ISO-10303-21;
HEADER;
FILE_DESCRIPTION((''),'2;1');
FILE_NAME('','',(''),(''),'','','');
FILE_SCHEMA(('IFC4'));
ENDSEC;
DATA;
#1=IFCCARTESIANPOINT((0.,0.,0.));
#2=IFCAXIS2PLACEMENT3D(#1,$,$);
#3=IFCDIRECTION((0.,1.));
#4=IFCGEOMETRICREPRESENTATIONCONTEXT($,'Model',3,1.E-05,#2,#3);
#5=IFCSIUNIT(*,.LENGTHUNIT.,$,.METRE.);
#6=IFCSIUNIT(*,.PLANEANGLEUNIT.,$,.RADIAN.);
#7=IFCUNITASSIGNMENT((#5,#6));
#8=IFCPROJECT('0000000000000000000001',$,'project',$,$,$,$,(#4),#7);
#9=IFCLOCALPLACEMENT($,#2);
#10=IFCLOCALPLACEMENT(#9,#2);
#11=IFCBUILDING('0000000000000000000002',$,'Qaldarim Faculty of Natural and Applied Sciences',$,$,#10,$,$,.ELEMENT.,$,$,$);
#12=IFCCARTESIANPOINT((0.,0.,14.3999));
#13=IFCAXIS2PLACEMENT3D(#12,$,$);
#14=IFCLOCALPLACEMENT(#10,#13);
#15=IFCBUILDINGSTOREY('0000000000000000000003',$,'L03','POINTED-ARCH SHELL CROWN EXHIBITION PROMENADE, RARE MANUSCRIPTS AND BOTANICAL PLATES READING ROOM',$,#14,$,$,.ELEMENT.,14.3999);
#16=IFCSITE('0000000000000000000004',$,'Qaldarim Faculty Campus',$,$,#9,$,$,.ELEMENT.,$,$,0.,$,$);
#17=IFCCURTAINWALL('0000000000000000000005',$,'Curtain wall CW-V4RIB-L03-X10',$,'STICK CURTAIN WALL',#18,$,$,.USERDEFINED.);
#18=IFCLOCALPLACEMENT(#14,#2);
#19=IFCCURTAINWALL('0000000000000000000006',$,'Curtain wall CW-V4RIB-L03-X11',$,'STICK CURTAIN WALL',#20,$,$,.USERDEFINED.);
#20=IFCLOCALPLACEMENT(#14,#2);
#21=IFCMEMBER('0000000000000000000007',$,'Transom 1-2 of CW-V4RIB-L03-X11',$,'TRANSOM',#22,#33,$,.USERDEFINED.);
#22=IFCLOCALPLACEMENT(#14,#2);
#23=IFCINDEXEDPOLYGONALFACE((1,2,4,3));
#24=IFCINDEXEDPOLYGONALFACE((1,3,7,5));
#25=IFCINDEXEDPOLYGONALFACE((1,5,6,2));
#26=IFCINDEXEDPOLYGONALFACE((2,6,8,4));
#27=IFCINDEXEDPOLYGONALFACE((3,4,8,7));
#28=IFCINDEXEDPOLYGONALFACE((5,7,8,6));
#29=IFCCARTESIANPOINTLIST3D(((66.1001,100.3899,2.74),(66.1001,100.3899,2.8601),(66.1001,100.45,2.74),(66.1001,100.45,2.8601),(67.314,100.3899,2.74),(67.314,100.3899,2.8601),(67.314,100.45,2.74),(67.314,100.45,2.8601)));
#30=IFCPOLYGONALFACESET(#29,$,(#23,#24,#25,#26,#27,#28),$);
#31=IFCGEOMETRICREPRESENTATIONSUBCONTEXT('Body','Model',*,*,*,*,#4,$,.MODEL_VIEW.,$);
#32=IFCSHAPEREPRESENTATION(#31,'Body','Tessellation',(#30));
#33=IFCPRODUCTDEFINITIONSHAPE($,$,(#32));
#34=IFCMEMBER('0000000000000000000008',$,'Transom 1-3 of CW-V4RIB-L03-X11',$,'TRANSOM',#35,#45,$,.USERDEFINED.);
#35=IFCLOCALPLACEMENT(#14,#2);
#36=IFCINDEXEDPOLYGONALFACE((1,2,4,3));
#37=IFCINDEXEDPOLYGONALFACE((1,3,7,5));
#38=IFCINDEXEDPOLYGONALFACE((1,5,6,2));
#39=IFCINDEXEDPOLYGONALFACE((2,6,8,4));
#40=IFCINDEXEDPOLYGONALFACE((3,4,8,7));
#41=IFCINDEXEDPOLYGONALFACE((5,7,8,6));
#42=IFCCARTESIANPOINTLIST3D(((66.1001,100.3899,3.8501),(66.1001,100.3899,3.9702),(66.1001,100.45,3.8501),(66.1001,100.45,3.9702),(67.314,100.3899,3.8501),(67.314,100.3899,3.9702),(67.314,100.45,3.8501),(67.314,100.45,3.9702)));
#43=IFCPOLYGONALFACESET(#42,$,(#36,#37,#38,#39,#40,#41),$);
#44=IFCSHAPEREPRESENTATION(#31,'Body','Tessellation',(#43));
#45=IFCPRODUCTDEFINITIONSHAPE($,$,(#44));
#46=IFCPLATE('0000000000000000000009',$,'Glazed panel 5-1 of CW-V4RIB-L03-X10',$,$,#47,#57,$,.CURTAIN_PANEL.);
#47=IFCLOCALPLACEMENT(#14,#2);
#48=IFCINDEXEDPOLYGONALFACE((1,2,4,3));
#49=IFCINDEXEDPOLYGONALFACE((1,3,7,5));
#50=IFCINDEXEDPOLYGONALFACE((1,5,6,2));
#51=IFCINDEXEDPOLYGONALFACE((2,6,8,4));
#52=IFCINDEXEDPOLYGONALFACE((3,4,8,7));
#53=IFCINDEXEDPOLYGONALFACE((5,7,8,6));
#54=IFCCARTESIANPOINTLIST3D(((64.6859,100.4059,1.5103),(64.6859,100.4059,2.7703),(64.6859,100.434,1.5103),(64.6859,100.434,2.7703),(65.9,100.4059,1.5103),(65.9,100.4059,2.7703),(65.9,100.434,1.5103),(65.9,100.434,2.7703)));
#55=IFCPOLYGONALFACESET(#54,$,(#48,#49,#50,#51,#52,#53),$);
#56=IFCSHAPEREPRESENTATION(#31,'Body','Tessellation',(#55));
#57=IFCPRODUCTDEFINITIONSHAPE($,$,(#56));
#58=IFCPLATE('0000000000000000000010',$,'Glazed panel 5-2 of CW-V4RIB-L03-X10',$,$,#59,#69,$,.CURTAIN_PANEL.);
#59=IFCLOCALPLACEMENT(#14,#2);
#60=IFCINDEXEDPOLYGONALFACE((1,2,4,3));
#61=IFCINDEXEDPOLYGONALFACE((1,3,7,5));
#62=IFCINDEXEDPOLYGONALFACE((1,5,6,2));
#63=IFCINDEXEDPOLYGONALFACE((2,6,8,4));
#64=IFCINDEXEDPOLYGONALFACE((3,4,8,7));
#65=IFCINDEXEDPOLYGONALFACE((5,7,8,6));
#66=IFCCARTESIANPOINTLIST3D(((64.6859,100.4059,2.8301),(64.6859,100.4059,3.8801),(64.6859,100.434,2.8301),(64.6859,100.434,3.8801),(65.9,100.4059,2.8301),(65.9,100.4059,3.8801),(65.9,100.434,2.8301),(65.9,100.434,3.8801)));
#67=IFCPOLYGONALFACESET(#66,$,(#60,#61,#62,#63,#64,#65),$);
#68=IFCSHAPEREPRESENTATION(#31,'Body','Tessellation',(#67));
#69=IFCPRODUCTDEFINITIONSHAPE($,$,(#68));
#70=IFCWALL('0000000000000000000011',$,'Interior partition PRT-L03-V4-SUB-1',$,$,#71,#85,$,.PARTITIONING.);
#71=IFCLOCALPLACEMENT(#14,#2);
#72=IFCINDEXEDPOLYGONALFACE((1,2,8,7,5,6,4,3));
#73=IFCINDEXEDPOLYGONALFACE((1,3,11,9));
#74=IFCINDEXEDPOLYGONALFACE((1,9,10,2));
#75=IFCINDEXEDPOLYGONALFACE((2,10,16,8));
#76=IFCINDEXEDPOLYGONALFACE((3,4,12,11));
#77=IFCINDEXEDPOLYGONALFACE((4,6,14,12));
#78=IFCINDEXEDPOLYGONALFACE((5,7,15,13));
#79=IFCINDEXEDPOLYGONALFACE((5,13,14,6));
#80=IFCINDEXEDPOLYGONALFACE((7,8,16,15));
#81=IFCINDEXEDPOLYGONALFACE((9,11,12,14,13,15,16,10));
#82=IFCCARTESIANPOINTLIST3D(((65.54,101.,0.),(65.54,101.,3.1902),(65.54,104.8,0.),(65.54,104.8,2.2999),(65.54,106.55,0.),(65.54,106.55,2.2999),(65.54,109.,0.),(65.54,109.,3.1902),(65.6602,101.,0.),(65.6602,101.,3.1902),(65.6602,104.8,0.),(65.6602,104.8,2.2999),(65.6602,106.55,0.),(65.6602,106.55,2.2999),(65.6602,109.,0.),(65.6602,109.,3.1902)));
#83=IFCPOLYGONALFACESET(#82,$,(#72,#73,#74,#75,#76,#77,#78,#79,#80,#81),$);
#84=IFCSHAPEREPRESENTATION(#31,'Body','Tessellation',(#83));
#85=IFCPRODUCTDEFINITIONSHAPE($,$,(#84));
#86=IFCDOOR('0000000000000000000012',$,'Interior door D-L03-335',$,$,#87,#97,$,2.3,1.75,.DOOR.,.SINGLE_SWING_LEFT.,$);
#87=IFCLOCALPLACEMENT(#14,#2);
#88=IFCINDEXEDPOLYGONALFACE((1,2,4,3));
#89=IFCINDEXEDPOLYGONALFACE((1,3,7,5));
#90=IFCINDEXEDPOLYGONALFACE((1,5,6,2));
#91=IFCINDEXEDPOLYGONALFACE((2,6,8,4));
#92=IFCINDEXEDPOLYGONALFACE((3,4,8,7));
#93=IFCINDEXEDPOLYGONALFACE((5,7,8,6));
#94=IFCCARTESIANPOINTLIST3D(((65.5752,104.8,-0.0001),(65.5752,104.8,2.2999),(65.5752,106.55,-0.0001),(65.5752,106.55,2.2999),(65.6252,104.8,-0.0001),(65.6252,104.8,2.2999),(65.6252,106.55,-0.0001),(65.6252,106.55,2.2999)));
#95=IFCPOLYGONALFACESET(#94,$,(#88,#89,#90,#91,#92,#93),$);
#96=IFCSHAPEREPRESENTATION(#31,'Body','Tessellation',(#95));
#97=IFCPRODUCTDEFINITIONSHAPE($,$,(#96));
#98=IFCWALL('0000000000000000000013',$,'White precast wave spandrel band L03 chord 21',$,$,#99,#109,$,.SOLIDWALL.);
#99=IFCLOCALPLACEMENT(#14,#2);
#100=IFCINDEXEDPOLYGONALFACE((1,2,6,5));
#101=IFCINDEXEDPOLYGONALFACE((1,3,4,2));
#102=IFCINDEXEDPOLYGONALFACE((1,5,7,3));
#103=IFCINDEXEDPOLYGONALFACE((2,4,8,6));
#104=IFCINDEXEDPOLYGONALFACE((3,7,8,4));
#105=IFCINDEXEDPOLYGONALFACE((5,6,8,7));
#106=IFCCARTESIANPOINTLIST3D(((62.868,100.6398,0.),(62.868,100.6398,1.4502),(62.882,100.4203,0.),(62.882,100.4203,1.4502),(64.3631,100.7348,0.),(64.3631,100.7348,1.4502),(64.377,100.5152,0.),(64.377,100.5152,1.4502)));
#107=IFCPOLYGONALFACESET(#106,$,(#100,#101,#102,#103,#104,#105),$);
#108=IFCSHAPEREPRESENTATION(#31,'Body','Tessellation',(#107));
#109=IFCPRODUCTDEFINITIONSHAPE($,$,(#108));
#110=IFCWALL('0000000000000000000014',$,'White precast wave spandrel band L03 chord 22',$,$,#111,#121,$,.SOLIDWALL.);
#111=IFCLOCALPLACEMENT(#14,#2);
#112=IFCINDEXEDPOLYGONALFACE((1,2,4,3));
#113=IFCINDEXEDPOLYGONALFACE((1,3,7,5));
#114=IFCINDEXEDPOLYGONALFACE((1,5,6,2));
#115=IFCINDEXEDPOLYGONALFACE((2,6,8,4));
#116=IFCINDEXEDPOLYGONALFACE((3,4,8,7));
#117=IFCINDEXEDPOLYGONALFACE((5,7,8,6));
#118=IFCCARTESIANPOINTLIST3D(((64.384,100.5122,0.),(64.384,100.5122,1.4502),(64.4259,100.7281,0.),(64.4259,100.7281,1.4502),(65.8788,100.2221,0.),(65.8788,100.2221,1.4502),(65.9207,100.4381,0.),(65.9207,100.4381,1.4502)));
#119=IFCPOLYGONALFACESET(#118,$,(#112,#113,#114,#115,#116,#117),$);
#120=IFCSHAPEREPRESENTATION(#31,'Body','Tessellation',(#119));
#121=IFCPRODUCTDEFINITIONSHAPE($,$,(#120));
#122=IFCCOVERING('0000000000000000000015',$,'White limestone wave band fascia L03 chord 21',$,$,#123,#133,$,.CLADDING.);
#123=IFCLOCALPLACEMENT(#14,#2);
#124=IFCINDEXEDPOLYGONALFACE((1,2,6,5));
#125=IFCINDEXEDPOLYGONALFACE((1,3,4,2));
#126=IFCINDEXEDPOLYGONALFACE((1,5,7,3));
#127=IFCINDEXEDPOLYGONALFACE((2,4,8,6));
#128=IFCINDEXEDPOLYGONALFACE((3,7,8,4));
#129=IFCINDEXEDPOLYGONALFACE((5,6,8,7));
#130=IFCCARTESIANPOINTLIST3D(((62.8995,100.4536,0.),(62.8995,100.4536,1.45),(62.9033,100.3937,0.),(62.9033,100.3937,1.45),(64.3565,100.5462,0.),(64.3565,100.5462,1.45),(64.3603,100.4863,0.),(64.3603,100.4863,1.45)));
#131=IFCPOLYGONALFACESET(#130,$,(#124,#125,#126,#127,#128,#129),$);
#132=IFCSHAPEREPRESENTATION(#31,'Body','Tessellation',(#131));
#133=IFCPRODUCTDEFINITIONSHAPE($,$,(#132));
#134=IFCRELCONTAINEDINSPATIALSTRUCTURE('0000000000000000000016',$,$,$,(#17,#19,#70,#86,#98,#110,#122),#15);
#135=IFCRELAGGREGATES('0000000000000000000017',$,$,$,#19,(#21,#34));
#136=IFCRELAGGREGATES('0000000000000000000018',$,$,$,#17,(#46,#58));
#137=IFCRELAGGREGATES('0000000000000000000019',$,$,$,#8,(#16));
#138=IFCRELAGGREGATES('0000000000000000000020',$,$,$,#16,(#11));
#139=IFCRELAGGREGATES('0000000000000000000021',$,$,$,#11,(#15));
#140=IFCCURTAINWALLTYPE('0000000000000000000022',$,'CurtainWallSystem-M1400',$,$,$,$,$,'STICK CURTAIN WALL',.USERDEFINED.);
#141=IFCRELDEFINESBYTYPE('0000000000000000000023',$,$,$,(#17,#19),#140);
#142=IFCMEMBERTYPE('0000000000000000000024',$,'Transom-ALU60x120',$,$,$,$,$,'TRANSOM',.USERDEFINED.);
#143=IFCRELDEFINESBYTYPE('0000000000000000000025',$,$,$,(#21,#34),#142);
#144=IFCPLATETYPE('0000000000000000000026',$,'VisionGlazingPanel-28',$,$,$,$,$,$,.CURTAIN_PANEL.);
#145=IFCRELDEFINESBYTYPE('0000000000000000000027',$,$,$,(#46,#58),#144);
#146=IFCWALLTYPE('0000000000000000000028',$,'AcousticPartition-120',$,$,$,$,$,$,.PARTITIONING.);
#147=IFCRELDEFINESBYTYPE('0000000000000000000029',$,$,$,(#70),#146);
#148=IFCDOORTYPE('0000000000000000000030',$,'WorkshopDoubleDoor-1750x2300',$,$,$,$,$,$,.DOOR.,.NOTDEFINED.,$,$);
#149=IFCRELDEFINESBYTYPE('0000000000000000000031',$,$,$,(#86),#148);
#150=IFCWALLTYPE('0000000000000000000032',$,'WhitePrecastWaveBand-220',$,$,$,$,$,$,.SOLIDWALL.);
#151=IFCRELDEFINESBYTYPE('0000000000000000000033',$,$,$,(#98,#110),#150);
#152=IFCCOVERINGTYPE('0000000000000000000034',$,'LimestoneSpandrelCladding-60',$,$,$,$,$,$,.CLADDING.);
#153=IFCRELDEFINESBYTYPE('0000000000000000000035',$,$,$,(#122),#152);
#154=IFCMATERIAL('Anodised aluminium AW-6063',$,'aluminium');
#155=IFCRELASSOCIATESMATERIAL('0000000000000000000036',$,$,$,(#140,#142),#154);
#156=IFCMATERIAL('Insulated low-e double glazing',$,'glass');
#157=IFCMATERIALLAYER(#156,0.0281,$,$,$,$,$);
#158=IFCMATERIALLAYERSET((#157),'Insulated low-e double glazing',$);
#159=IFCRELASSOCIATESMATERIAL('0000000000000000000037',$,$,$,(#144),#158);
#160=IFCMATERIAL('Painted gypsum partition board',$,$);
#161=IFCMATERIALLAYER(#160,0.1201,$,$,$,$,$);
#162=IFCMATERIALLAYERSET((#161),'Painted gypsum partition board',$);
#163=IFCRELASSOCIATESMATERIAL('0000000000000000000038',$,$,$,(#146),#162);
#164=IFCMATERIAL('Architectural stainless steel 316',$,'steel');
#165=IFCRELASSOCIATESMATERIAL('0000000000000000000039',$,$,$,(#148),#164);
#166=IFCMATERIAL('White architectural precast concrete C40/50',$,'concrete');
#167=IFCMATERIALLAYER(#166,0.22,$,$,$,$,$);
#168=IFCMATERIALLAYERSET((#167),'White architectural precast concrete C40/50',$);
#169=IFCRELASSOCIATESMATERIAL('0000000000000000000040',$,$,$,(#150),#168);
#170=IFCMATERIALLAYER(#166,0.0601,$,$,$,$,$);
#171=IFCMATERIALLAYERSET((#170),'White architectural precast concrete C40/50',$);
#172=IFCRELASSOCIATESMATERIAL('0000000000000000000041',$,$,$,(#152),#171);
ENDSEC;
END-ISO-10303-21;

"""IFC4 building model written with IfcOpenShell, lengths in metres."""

from ifc_helpers import new_model, si_unit, direction, frame, frame_2d, origin, origin_2d, place, context, subcontext, project, spatial, rectangle, extrude, material, layer, layer_set, material_profile, profile_set, type_object, element, fill, aggregate, save


model = new_model("IFC4")

# Units and contexts
model_context = context("Model", 3, precision=1e-05, world=origin(), true_north=direction((0.0, 1.0)))
body_context = subcontext(model_context, "Body", "Model", "MODEL_VIEW")
ifc_project = project(units=[si_unit("LENGTHUNIT", "METRE"), si_unit("PLANEANGLEUNIT", "RADIAN")], contexts=[model_context])

# Site, building, storey
site_placement = place(None, origin())
site = spatial("IfcSite", under=ifc_project, at=site_placement, Name="Qaldarim Faculty Campus", CompositionType="ELEMENT", RefElevation=0.0)
building_placement = place(site_placement, origin())
building = spatial("IfcBuilding", under=site, at=building_placement, Name="Qaldarim Faculty of Natural and Applied Sciences", CompositionType="ELEMENT")
storey_placement = place(building_placement, frame((0.0, 0.0, 14.3999)))
storey = spatial("IfcBuildingStorey", under=building, at=storey_placement, Name="L03", Description="POINTED-ARCH SHELL CROWN EXHIBITION PROMENADE, RARE MANUSCRIPTS AND BOTANICAL PLATES READING ROOM", CompositionType="ELEMENT", Elevation=14.3999)

# Curtain walls
ifc_material_1 = material(Name="Anodised aluminium AW-6063", Category="aluminium")
curtain_wall_type = type_object("IfcCurtainWallType", Name="CurtainWallSystem-M1400", ElementType="STICK CURTAIN WALL", PredefinedType="USERDEFINED", material=ifc_material_1)
curtain_wall_1_placement = place(storey_placement, origin())
curtain_wall_1 = element("IfcCurtainWall", 1, at=curtain_wall_1_placement, inside=storey, type_object=curtain_wall_type, Name="Curtain wall CW-V4RIB-L03-X10", ObjectType="STICK CURTAIN WALL", PredefinedType="USERDEFINED")
curtain_wall_2_placement = place(storey_placement, origin())
curtain_wall_2 = element("IfcCurtainWall", 2, at=curtain_wall_2_placement, inside=storey, type_object=curtain_wall_type, Name="Curtain wall CW-V4RIB-L03-X11", ObjectType="STICK CURTAIN WALL", PredefinedType="USERDEFINED")

# Members
ifc_material_profile_1 = material_profile(ifc_material_1, rectangle(XDim=0.0601, YDim=0.1201, at=origin_2d()), Name="ALU-T60x120")
ifc_profile_set_1 = profile_set([ifc_material_profile_1], Name="Anodised aluminium AW-6063")
member_type_1 = type_object("IfcMemberType", Name="Transom-ALU60x120", ElementType="TRANSOM", PredefinedType="USERDEFINED", material=ifc_profile_set_1)
member_1_placement = place(storey_placement, frame((66.1001, 100.4199, 2.8), z_axis=(1.0, 0.0, 0.0), x_axis=(0.0, 1.0, 0.0)))
member_1 = element("IfcMember", 3, at=member_1_placement, type_object=member_type_1, Name="Transom 1-2 of CW-V4RIB-L03-X11", ObjectType="TRANSOM", PredefinedType="USERDEFINED", context=body_context, shape_type="SweptSolid", body=[
    extrude(rectangle(XDim=0.0601, YDim=0.1201, at=origin_2d()), origin(), (0.0, 0.0, 1.0), 1.2139),
])
member_2_placement = place(storey_placement, frame((66.1001, 100.4199, 3.9102), z_axis=(1.0, 0.0, 0.0), x_axis=(0.0, 1.0, 0.0)))
member_2 = element("IfcMember", 4, at=member_2_placement, type_object=member_type_1, Name="Transom 1-3 of CW-V4RIB-L03-X11", ObjectType="TRANSOM", PredefinedType="USERDEFINED", context=body_context, shape_type="SweptSolid", body=[
    extrude(rectangle(XDim=0.0601, YDim=0.1201, at=origin_2d()), origin(), (0.0, 0.0, 1.0), 1.2139),
])
aggregate(curtain_wall_2, [member_1, member_2])

# Plates
ifc_material_2 = material(Name="Insulated low-e double glazing", Category="glass")
ifc_layer_1 = layer(ifc_material_2, 0.0281)
ifc_layer_set_1 = layer_set([ifc_layer_1], Name="Insulated low-e double glazing")
plate_type = type_object("IfcPlateType", Name="VisionGlazingPanel-28", PredefinedType="CURTAIN_PANEL", material=ifc_layer_set_1)
plate_1_placement = place(storey_placement, frame((65.293, 100.4199, 1.5103), z_axis=(0.0, 0.0, 1.0), x_axis=(1.0, 0.0, 0.0)))
plate_1 = element("IfcPlate", 5, at=plate_1_placement, type_object=plate_type, Name="Glazed panel 5-1 of CW-V4RIB-L03-X10", PredefinedType="CURTAIN_PANEL", context=body_context, shape_type="SweptSolid", body=[
    extrude(rectangle(XDim=1.2141, YDim=0.0281, at=origin_2d()), origin(), (0.0, 0.0, 1.0), 1.26),
])
plate_2_placement = place(storey_placement, frame((65.293, 100.4199, 2.8301), z_axis=(0.0, 0.0, 1.0), x_axis=(1.0, 0.0, 0.0)))
plate_2 = element("IfcPlate", 6, at=plate_2_placement, type_object=plate_type, Name="Glazed panel 5-2 of CW-V4RIB-L03-X10", PredefinedType="CURTAIN_PANEL", context=body_context, shape_type="SweptSolid", body=[
    extrude(rectangle(XDim=1.2141, YDim=0.0281, at=origin_2d()), origin(), (0.0, 0.0, 1.0), 1.05),
])
aggregate(curtain_wall_1, [plate_1, plate_2])

# Wall, opening, door
ifc_material_3 = material(Name="Painted gypsum partition board")
ifc_layer_2 = layer(ifc_material_3, 0.1201)
ifc_layer_set_2 = layer_set([ifc_layer_2], Name="Painted gypsum partition board")
wall_type_1 = type_object("IfcWallType", Name="AcousticPartition-120", PredefinedType="PARTITIONING", material=ifc_layer_set_2)
wall_1_placement = place(storey_placement, frame((65.6001, 101.0, 0.0), z_axis=(0.0, 0.0, 1.0), x_axis=(0.0, 1.0, 0.0)))
wall_1 = element("IfcWall", 7, at=wall_1_placement, inside=storey, type_object=wall_type_1, Name="Interior partition PRT-L03-V4-SUB-1", PredefinedType="PARTITIONING", context=body_context, shape_type="SweptSolid", body=[
    extrude(rectangle(XDim=8.0, YDim=0.1201, at=frame_2d((4.0, 0.0))), origin(), (0.0, 0.0, 1.0), 3.1902),
])
opening_placement = place(wall_1_placement, frame((3.8, 0.0, 0.0)))
opening = element("IfcOpeningElement", 8, at=opening_placement, cuts=wall_1, PredefinedType="OPENING", context=body_context, shape_type="SweptSolid", body=[
    extrude(rectangle(XDim=1.75, YDim=2.3, at=frame_2d((0.875, 1.1499))), frame((0.0, 0.0701, 0.0), z_axis=(0.0, -1.0, 0.0), x_axis=(1.0, 0.0, 0.0)), (0.0, 0.0, 1.0), 0.1401),
])
ifc_material_4 = material(Name="Architectural stainless steel 316", Category="steel")
door_type = type_object("IfcDoorType", Name="WorkshopDoubleDoor-1750x2300", OperationType="NOTDEFINED", PredefinedType="DOOR", material=ifc_material_4)
door_placement = place(opening_placement, origin())
door = element("IfcDoor", 9, at=door_placement, inside=storey, type_object=door_type, Name="Interior door D-L03-335", OperationType="SINGLE_SWING_LEFT", OverallHeight=2.3, OverallWidth=1.75, PredefinedType="DOOR", context=body_context, shape_type="SweptSolid", body=[
    extrude(rectangle(XDim=1.75, YDim=2.3, at=frame_2d((0.875, 1.1499))), frame((0.0, 0.0249, 0.0), z_axis=(0.0, -1.0, 0.0), x_axis=(1.0, 0.0, 0.0)), (0.0, 0.0, 1.0), 0.05),
])
fill(opening, door)

# Walls
ifc_material_5 = material(Name="White architectural precast concrete C40/50", Category="concrete")
ifc_layer_3 = layer(ifc_material_5, 0.22)
ifc_layer_set_3 = layer_set([ifc_layer_3], Name="White architectural precast concrete C40/50")
wall_type_2 = type_object("IfcWallType", Name="WhitePrecastWaveBand-220", PredefinedType="SOLIDWALL", material=ifc_layer_set_3)
wall_2_placement = place(storey_placement, frame((62.875, 100.53, 0.0), z_axis=(0.0, 0.0, 1.0), x_axis=(0.997989, 0.063393, 0.0)))
element("IfcWall", 10, at=wall_2_placement, inside=storey, type_object=wall_type_2, Name="White precast wave spandrel band L03 chord 21", PredefinedType="SOLIDWALL", context=body_context, shape_type="SweptSolid", body=[
    extrude(rectangle(XDim=1.498, YDim=0.22, at=frame_2d((0.749, 0.0))), origin(), (0.0, 0.0, 1.0), 1.4502),
])
wall_3_placement = place(storey_placement, frame((64.405, 100.6201, 0.0), z_axis=(0.0, 0.0, 1.0), x_axis=(0.981693, -0.190471, 0.0)))
element("IfcWall", 11, at=wall_3_placement, inside=storey, type_object=wall_type_2, Name="White precast wave spandrel band L03 chord 22", PredefinedType="SOLIDWALL", context=body_context, shape_type="SweptSolid", body=[
    extrude(rectangle(XDim=1.5227, YDim=0.22, at=frame_2d((0.7612, 0.0))), origin(), (0.0, 0.0, 1.0), 1.4502),
])

# Covering
ifc_layer_4 = layer(ifc_material_5, 0.0601)
ifc_layer_set_4 = layer_set([ifc_layer_4], Name="White architectural precast concrete C40/50")
covering_type = type_object("IfcCoveringType", Name="LimestoneSpandrelCladding-60", PredefinedType="CLADDING", material=ifc_layer_set_4)
covering_placement = place(storey_placement, frame((63.6299, 100.47, 0.0), z_axis=(0.0, 0.0, 1.0), x_axis=(0.997987, 0.063418, 0.0)))
element("IfcCovering", 12, at=covering_placement, inside=storey, type_object=covering_type, Name="White limestone wave band fascia L03 chord 21", PredefinedType="CLADDING", context=body_context, shape_type="SweptSolid", body=[
    extrude(rectangle(XDim=1.46, YDim=0.0601, at=origin_2d()), origin(), (0.0, 0.0, 1.0), 1.45),
])

save(model, "model.ifc")
